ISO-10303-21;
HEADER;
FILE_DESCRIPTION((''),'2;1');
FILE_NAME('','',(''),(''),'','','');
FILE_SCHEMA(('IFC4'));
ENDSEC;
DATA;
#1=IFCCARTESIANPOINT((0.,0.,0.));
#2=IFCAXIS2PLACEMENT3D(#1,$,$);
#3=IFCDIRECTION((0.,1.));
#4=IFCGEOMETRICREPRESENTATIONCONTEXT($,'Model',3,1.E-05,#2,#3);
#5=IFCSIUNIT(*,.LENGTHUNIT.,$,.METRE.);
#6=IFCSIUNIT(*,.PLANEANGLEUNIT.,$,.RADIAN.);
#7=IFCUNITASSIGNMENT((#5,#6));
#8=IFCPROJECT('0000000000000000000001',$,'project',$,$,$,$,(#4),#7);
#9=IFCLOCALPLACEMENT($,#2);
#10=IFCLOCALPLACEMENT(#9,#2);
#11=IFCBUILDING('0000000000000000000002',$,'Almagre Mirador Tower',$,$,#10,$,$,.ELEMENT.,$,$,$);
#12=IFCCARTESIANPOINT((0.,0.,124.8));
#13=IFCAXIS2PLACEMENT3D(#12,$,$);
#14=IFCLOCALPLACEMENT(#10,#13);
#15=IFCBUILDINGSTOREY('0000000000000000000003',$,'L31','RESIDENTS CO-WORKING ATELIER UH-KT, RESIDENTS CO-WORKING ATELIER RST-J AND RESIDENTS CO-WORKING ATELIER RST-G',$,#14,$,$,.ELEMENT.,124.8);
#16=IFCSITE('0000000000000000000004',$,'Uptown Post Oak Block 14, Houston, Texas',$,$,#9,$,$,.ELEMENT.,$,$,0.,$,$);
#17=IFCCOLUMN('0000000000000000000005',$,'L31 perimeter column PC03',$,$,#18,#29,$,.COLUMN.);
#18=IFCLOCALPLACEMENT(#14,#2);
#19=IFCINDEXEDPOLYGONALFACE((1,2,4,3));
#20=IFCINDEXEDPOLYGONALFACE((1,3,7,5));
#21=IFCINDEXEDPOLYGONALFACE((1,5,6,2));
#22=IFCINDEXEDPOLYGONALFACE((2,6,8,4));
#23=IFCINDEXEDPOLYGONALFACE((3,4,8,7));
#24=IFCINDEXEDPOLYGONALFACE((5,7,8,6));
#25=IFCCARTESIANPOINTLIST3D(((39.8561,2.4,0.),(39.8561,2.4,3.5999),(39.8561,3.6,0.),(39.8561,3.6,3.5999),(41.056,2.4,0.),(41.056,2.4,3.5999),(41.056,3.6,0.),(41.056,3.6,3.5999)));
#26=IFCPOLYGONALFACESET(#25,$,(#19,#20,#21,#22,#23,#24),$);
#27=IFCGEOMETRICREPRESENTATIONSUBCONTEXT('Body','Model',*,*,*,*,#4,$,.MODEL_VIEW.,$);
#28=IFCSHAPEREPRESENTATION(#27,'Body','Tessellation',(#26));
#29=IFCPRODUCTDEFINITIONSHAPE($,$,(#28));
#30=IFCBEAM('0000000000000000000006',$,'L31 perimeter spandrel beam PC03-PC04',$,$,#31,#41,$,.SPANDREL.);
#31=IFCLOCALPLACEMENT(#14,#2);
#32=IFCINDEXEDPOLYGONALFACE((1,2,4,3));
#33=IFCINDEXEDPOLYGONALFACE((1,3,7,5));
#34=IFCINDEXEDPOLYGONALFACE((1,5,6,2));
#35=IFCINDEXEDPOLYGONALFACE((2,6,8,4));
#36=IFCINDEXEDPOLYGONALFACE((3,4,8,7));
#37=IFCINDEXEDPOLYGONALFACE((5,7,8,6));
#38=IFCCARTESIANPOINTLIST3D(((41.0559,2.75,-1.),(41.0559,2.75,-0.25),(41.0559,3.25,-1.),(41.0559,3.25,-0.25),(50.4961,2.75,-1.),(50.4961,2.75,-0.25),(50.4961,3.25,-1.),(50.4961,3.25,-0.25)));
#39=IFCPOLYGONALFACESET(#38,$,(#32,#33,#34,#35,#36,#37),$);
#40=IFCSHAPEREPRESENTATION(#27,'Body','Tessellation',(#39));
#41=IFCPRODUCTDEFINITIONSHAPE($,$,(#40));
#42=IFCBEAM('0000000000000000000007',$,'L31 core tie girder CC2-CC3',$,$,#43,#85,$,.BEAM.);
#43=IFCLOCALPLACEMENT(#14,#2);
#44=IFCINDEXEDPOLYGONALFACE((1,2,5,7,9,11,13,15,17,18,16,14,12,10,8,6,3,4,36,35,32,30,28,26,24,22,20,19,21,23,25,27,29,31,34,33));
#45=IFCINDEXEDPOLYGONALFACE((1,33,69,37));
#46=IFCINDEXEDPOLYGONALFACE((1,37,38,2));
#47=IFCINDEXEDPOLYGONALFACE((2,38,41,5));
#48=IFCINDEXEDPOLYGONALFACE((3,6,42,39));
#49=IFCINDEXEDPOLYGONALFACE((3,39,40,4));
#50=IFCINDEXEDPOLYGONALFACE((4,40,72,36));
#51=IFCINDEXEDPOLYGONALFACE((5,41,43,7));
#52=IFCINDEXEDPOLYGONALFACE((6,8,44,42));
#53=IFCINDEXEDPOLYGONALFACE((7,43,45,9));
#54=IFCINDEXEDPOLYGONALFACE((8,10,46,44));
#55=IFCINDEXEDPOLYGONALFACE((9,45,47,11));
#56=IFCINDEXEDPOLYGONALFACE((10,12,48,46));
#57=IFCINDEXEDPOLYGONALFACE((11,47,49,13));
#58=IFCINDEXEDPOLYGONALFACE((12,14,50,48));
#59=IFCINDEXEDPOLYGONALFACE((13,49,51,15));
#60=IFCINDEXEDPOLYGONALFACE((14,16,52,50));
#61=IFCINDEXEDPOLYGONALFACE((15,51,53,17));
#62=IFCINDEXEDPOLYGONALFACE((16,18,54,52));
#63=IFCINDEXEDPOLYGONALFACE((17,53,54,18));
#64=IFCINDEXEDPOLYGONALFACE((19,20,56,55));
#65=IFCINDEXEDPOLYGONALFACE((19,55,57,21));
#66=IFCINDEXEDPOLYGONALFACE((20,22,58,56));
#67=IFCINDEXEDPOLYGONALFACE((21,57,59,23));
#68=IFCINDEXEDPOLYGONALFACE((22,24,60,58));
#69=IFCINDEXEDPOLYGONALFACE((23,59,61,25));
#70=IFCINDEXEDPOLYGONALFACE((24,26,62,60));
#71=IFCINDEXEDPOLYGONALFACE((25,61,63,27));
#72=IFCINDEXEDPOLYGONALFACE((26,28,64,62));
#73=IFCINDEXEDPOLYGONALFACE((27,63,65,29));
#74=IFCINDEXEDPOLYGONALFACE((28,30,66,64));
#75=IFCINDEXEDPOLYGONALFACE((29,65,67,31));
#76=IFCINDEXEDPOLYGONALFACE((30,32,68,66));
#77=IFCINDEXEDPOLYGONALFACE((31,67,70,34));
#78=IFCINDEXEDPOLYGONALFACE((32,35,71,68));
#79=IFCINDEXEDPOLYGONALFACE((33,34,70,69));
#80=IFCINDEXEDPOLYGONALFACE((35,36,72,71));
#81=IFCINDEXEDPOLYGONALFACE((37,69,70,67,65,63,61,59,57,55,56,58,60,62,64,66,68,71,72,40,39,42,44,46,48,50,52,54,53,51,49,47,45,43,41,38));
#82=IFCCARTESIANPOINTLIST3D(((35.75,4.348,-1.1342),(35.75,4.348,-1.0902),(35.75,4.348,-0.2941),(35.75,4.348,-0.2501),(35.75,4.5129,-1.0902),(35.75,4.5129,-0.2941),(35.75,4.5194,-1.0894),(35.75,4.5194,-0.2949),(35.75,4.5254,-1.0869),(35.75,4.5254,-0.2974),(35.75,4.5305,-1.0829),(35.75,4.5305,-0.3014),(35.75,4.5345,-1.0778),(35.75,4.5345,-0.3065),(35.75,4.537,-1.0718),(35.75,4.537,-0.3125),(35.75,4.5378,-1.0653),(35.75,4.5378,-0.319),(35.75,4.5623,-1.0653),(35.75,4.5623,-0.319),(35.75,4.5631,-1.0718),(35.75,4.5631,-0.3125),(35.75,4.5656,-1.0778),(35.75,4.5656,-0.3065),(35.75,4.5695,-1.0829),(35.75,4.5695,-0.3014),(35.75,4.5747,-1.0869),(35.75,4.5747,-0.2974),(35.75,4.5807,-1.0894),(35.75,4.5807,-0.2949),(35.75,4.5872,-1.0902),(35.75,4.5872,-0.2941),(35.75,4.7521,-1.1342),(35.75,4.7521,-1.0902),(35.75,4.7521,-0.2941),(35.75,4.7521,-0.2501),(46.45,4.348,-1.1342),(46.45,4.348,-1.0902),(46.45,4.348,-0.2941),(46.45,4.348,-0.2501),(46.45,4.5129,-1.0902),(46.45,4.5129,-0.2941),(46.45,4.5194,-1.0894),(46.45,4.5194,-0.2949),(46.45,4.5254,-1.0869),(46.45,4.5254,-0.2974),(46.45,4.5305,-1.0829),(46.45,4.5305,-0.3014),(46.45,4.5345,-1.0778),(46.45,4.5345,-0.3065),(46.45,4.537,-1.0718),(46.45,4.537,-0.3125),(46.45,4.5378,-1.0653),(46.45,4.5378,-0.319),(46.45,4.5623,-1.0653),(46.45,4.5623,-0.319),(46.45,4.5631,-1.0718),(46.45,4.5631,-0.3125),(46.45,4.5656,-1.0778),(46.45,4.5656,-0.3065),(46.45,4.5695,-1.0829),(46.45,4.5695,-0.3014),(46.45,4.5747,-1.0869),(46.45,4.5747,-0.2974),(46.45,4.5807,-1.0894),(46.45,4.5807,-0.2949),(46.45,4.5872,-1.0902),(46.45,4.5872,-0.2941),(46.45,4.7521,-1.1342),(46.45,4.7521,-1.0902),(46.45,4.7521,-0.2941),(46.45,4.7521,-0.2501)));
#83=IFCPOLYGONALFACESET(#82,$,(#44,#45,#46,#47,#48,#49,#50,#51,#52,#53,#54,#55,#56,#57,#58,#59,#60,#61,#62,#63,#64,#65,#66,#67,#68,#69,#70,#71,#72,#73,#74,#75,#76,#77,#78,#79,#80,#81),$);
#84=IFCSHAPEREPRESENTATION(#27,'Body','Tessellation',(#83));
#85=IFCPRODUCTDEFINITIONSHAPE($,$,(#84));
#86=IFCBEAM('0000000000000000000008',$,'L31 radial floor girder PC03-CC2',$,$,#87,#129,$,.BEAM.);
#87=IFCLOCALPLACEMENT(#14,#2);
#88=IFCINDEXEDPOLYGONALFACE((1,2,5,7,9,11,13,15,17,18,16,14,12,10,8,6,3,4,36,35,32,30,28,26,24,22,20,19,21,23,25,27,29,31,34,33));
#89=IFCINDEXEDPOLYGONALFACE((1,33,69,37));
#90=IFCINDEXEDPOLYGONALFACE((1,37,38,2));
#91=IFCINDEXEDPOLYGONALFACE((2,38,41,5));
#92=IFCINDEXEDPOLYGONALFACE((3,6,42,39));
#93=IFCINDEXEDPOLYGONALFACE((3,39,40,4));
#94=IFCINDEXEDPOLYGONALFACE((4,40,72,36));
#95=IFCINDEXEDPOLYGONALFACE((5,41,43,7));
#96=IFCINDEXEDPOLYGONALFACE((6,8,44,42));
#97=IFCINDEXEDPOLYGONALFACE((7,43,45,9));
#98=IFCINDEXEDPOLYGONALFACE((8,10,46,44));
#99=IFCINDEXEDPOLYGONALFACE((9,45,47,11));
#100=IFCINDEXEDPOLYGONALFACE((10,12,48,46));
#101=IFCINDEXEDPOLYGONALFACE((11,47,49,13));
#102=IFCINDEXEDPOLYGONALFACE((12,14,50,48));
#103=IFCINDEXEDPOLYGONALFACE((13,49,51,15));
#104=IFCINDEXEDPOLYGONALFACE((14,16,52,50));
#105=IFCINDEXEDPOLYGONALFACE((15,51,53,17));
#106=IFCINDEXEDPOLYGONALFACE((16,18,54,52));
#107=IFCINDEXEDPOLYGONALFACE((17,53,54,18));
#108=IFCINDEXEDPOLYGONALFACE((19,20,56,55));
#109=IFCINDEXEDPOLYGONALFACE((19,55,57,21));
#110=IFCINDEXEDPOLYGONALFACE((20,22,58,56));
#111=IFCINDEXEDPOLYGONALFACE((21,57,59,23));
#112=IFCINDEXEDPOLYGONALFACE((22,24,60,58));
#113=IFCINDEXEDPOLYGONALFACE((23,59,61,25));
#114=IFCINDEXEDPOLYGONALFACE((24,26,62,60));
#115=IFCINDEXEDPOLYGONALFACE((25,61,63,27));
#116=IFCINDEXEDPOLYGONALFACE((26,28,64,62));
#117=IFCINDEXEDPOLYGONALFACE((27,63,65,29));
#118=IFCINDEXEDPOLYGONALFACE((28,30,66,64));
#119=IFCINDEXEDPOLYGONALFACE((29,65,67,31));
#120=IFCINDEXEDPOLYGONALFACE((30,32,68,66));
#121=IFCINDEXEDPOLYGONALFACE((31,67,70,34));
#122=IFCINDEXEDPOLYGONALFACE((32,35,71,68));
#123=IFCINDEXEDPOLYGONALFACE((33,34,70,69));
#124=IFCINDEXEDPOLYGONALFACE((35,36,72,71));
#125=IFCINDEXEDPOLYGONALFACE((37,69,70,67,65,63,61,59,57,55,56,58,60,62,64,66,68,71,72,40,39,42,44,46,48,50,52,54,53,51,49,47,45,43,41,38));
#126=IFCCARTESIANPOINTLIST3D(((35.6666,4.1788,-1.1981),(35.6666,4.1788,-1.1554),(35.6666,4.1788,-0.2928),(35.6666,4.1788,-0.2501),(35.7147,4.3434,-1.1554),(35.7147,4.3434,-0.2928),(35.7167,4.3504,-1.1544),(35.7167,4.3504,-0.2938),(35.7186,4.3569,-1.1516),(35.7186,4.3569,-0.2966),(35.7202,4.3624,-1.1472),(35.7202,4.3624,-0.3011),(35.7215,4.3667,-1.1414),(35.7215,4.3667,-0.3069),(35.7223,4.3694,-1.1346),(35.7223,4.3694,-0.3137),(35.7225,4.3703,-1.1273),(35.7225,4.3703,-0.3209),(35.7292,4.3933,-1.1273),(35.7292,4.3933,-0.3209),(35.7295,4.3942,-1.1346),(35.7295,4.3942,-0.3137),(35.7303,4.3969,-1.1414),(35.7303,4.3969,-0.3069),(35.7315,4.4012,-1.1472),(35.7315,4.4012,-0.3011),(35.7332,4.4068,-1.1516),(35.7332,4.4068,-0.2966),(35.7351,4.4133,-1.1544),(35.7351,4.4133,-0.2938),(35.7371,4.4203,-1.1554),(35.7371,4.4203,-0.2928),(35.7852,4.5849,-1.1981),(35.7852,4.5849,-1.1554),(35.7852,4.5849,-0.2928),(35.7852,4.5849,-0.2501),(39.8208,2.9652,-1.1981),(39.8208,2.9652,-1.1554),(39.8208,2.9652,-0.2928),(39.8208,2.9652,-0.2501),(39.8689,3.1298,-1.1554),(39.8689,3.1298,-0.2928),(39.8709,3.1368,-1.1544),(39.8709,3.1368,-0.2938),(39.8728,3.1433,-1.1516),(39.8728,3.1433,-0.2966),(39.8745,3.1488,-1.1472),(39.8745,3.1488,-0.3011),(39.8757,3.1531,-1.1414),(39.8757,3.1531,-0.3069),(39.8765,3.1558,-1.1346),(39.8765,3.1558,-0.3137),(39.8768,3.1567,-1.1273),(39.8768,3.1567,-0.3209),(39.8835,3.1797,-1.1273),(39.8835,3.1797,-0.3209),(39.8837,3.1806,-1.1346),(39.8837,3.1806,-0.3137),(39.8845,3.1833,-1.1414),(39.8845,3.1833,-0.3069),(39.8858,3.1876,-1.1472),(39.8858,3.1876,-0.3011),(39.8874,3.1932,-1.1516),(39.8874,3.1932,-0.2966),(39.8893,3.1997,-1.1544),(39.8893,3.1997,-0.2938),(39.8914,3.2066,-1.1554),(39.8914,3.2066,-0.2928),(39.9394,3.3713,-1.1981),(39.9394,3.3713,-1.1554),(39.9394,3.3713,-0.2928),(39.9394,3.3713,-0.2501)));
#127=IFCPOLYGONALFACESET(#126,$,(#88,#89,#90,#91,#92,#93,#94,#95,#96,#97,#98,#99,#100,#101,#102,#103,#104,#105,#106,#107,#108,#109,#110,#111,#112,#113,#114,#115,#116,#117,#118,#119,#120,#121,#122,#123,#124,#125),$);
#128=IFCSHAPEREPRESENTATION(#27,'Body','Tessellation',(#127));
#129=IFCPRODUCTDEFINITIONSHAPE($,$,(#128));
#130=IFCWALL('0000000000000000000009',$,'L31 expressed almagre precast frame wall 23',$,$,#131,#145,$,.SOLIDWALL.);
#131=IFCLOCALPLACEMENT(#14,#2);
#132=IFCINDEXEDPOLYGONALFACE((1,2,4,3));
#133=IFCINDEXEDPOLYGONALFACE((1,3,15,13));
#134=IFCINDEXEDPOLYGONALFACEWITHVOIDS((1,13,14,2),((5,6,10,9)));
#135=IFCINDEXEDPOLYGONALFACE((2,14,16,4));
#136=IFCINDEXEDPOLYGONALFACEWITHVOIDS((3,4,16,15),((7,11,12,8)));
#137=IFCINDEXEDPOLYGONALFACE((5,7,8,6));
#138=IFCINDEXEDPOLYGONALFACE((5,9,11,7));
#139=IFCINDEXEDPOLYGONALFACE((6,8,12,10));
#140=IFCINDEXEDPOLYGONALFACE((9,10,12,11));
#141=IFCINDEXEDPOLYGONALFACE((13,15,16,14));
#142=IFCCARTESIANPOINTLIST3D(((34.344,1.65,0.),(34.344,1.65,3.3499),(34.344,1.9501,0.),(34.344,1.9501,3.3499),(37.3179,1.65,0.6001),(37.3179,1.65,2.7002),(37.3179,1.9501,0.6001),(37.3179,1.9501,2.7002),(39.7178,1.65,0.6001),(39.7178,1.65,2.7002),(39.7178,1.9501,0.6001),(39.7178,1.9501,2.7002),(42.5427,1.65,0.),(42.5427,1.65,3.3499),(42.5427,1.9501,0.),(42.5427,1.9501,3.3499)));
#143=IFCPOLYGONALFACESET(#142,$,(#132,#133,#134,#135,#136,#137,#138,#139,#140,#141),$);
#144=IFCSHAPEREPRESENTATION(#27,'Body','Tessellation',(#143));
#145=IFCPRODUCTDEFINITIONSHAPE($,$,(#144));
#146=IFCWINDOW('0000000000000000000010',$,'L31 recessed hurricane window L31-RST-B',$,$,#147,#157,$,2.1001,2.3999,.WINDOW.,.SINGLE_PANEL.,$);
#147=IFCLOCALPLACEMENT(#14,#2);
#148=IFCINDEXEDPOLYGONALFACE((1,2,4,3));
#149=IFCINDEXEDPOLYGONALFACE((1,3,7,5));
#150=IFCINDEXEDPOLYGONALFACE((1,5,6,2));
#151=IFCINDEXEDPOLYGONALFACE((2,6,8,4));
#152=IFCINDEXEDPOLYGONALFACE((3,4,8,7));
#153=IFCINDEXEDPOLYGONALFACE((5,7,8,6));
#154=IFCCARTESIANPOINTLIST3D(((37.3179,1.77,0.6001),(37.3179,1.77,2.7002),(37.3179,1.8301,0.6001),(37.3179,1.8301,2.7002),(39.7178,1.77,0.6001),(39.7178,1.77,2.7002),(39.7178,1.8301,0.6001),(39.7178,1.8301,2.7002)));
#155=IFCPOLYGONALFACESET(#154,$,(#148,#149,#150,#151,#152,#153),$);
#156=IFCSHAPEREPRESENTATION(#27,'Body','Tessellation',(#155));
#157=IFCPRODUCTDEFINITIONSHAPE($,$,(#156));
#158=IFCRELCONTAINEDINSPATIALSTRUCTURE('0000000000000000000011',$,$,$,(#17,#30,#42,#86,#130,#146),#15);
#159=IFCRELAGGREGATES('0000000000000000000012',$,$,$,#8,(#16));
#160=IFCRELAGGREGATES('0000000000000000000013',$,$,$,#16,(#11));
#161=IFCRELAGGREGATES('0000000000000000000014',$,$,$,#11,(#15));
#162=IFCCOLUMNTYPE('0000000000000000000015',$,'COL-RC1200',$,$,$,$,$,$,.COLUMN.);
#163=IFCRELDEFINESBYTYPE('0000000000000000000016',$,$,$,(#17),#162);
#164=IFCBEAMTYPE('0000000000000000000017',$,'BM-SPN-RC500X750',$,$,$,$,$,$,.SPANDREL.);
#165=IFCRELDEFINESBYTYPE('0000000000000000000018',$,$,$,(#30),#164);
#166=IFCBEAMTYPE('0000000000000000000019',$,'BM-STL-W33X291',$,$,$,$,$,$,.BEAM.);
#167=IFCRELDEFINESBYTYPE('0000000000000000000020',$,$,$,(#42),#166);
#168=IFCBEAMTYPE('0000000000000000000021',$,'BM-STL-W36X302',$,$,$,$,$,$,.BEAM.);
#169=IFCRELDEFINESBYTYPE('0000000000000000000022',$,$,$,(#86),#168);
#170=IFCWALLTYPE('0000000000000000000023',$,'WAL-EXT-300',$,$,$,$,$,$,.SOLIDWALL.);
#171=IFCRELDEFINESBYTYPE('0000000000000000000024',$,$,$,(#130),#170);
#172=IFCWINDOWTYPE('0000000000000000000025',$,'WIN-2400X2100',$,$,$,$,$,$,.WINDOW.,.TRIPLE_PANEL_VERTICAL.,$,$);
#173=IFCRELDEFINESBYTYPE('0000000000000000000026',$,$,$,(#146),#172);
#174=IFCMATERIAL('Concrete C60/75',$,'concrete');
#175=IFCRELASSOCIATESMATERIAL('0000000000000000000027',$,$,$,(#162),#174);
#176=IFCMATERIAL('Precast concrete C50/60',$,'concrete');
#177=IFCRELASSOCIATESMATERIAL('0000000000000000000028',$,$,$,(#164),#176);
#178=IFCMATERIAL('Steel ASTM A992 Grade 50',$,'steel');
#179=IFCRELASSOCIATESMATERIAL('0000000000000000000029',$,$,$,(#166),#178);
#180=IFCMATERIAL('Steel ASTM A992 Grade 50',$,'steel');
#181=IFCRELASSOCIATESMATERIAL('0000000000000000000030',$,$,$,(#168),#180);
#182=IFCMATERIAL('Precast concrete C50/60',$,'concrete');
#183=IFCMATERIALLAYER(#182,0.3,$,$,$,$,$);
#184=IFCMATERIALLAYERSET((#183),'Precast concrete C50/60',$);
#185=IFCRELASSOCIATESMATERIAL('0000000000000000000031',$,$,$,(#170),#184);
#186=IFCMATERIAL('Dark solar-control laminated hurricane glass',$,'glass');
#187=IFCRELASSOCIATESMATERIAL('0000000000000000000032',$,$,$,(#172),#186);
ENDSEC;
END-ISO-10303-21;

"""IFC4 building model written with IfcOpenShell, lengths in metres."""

from ifc_helpers import new_model, si_unit, direction, frame, frame_2d, origin, origin_2d, place, context, subcontext, project, spatial, rectangle, i_section, extrude, material, layer, layer_set, material_profile, profile_set, type_object, element, fill, save


model = new_model("IFC4")

# Units and contexts
model_context = context("Model", 3, precision=1e-05, world=origin(), true_north=direction((0.0, 1.0)))
body_context = subcontext(model_context, "Body", "Model", "MODEL_VIEW")
ifc_project = project(units=[si_unit("LENGTHUNIT", "METRE"), si_unit("PLANEANGLEUNIT", "RADIAN")], contexts=[model_context])

# Site, building, storey
site_placement = place(None, origin())
site = spatial("IfcSite", under=ifc_project, at=site_placement, Name="Uptown Post Oak Block 14, Houston, Texas", CompositionType="ELEMENT", RefElevation=0.0)
building_placement = place(site_placement, origin())
building = spatial("IfcBuilding", under=site, at=building_placement, Name="Almagre Mirador Tower", CompositionType="ELEMENT")
storey_placement = place(building_placement, frame((0.0, 0.0, 124.8)))
storey = spatial("IfcBuildingStorey", under=building, at=storey_placement, Name="L31", Description="RESIDENTS CO-WORKING ATELIER UH-KT, RESIDENTS CO-WORKING ATELIER RST-J AND RESIDENTS CO-WORKING ATELIER RST-G", CompositionType="ELEMENT", Elevation=124.8)

# Column
ifc_material_1 = material(Name="Concrete C60/75", Category="concrete")
ifc_material_profile_1 = material_profile(ifc_material_1, rectangle(XDim=1.2, YDim=1.2, at=origin_2d()), Name="RC1200X1200")
ifc_profile_set_1 = profile_set([ifc_material_profile_1], Name="Concrete C60/75")
column_type = type_object("IfcColumnType", Name="COL-RC1200", PredefinedType="COLUMN", material=ifc_profile_set_1)
column_placement = place(storey_placement, frame((40.4561, 3.0, 0.0), z_axis=(0.0, 0.0, 1.0), x_axis=(1.0, 0.0, 0.0)))
element("IfcColumn", 1, at=column_placement, inside=storey, type_object=column_type, Name="L31 perimeter column PC03", PredefinedType="COLUMN", context=body_context, shape_type="SweptSolid", body=[
    extrude(rectangle(XDim=1.2, YDim=1.2, at=origin_2d()), origin(), (0.0, 0.0, 1.0), 3.5999),
])

# Beams
ifc_material_2 = material(Name="Precast concrete C50/60", Category="concrete")
ifc_material_profile_2 = material_profile(ifc_material_2, rectangle(XDim=0.5, YDim=0.75, at=origin_2d()), Name="RC500X750")
ifc_profile_set_2 = profile_set([ifc_material_profile_2], Name="Precast concrete C50/60")
beam_type_1 = type_object("IfcBeamType", Name="BM-SPN-RC500X750", PredefinedType="SPANDREL", material=ifc_profile_set_2)
beam_1_placement = place(storey_placement, frame((41.0559, 3.0, -0.625), z_axis=(1.0, 0.0, 0.0), x_axis=(0.0, 1.0, 0.0)))
element("IfcBeam", 2, at=beam_1_placement, inside=storey, type_object=beam_type_1, Name="L31 perimeter spandrel beam PC03-PC04", PredefinedType="SPANDREL", context=body_context, shape_type="SweptSolid", body=[
    extrude(rectangle(XDim=0.5, YDim=0.75, at=origin_2d()), origin(), (0.0, 0.0, 1.0), 9.4402),
])
ifc_material_3 = material(Name="Steel ASTM A992 Grade 50", Category="steel")
ifc_material_profile_3 = material_profile(ifc_material_3, i_section(OverallWidth=0.4041, OverallDepth=0.884, WebThickness=0.0244, FlangeThickness=0.0439, FilletRadius=0.0249, at=origin_2d()), Name="W33X291")
ifc_profile_set_3 = profile_set([ifc_material_profile_3], Name="Steel ASTM A992 Grade 50")
beam_type_2 = type_object("IfcBeamType", Name="BM-STL-W33X291", PredefinedType="BEAM", material=ifc_profile_set_3)
beam_2_placement = place(storey_placement, frame((35.75, 4.55, -0.6921), z_axis=(1.0, 0.0, 0.0), x_axis=(0.0, 1.0, 0.0)))
element("IfcBeam", 3, at=beam_2_placement, inside=storey, type_object=beam_type_2, Name="L31 core tie girder CC2-CC3", PredefinedType="BEAM", context=body_context, shape_type="SweptSolid", body=[
    extrude(i_section(OverallWidth=0.4041, OverallDepth=0.884, WebThickness=0.0244, FlangeThickness=0.0439, FilletRadius=0.0249, at=origin_2d()), origin(), (0.0, 0.0, 1.0), 10.7),
])
ifc_material_4 = material(Name="Steel ASTM A992 Grade 50", Category="steel")
ifc_material_profile_4 = material_profile(ifc_material_4, i_section(OverallWidth=0.4231, OverallDepth=0.948, WebThickness=0.0239, FlangeThickness=0.0427, FilletRadius=0.0281, at=origin_2d()), Name="W36X302")
ifc_profile_set_4 = profile_set([ifc_material_profile_4], Name="Steel ASTM A992 Grade 50")
beam_type_3 = type_object("IfcBeamType", Name="BM-STL-W36X302", PredefinedType="BEAM", material=ifc_profile_set_4)
beam_3_placement = place(storey_placement, frame((39.8801, 3.1682, -0.7241), z_axis=(-0.959879, 0.280416, 0.0), x_axis=(-0.280416, -0.959879, 0.0)))
element("IfcBeam", 4, at=beam_3_placement, inside=storey, type_object=beam_type_3, Name="L31 radial floor girder PC03-CC2", PredefinedType="BEAM", context=body_context, shape_type="SweptSolid", body=[
    extrude(i_section(OverallWidth=0.4231, OverallDepth=0.948, WebThickness=0.0239, FlangeThickness=0.0427, FilletRadius=0.0281, at=origin_2d()), origin(), (0.0, 0.0, 1.0), 4.3279),
])

# Wall, opening, window
ifc_material_5 = material(Name="Precast concrete C50/60", Category="concrete")
ifc_layer_1 = layer(ifc_material_5, 0.3)
ifc_layer_set_1 = layer_set([ifc_layer_1], Name="Precast concrete C50/60")
wall_type_1 = type_object("IfcWallType", Name="WAL-EXT-300", PredefinedType="SOLIDWALL", material=ifc_layer_set_1)
wall_1_placement = place(storey_placement, frame((42.5427, 1.8, 0.0), z_axis=(0.0, 0.0, 1.0), x_axis=(-1.0, 0.0, 0.0)))
wall_1 = element("IfcWall", 5, at=wall_1_placement, inside=storey, type_object=wall_type_1, Name="L31 expressed almagre precast frame wall 23", PredefinedType="SOLIDWALL", context=body_context, shape_type="SweptSolid", body=[
    extrude(rectangle(XDim=8.1987, YDim=0.3, at=frame_2d((4.0994, 0.0))), origin(), (0.0, 0.0, 1.0), 3.3499),
])
opening_1_placement = place(wall_1_placement, frame((2.825, 0.0, 0.6001)))
opening_1 = element("IfcOpeningElement", 6, at=opening_1_placement, cuts=wall_1, PredefinedType="OPENING", context=body_context, shape_type="SweptSolid", body=[
    extrude(rectangle(XDim=2.3999, YDim=2.1001, at=frame_2d((1.2, 1.05))), frame((0.0, 0.1599, 0.0), z_axis=(0.0, -1.0, 0.0), x_axis=(1.0, 0.0, 0.0)), (0.0, 0.0, 1.0), 0.32),
])
ifc_material_6 = material(Name="Dark solar-control laminated hurricane glass", Category="glass")
window_type = type_object("IfcWindowType", Name="WIN-2400X2100", PartitioningType="TRIPLE_PANEL_VERTICAL", PredefinedType="WINDOW", material=ifc_material_6)
window_placement = place(opening_1_placement, origin())
window = element("IfcWindow", 7, at=window_placement, inside=storey, type_object=window_type, Name="L31 recessed hurricane window L31-RST-B", OverallHeight=2.1001, OverallWidth=2.3999, PartitioningType="SINGLE_PANEL", PredefinedType="WINDOW", context=body_context, shape_type="SweptSolid", body=[
    extrude(rectangle(XDim=2.3999, YDim=2.1001, at=frame_2d((1.2, 1.05))), frame((0.0, 0.03, 0.0), z_axis=(0.0, -1.0, 0.0), x_axis=(1.0, 0.0, 0.0)), (0.0, 0.0, 1.0), 0.0601),
])
fill(opening_1, window)

save(model, "model.ifc")
